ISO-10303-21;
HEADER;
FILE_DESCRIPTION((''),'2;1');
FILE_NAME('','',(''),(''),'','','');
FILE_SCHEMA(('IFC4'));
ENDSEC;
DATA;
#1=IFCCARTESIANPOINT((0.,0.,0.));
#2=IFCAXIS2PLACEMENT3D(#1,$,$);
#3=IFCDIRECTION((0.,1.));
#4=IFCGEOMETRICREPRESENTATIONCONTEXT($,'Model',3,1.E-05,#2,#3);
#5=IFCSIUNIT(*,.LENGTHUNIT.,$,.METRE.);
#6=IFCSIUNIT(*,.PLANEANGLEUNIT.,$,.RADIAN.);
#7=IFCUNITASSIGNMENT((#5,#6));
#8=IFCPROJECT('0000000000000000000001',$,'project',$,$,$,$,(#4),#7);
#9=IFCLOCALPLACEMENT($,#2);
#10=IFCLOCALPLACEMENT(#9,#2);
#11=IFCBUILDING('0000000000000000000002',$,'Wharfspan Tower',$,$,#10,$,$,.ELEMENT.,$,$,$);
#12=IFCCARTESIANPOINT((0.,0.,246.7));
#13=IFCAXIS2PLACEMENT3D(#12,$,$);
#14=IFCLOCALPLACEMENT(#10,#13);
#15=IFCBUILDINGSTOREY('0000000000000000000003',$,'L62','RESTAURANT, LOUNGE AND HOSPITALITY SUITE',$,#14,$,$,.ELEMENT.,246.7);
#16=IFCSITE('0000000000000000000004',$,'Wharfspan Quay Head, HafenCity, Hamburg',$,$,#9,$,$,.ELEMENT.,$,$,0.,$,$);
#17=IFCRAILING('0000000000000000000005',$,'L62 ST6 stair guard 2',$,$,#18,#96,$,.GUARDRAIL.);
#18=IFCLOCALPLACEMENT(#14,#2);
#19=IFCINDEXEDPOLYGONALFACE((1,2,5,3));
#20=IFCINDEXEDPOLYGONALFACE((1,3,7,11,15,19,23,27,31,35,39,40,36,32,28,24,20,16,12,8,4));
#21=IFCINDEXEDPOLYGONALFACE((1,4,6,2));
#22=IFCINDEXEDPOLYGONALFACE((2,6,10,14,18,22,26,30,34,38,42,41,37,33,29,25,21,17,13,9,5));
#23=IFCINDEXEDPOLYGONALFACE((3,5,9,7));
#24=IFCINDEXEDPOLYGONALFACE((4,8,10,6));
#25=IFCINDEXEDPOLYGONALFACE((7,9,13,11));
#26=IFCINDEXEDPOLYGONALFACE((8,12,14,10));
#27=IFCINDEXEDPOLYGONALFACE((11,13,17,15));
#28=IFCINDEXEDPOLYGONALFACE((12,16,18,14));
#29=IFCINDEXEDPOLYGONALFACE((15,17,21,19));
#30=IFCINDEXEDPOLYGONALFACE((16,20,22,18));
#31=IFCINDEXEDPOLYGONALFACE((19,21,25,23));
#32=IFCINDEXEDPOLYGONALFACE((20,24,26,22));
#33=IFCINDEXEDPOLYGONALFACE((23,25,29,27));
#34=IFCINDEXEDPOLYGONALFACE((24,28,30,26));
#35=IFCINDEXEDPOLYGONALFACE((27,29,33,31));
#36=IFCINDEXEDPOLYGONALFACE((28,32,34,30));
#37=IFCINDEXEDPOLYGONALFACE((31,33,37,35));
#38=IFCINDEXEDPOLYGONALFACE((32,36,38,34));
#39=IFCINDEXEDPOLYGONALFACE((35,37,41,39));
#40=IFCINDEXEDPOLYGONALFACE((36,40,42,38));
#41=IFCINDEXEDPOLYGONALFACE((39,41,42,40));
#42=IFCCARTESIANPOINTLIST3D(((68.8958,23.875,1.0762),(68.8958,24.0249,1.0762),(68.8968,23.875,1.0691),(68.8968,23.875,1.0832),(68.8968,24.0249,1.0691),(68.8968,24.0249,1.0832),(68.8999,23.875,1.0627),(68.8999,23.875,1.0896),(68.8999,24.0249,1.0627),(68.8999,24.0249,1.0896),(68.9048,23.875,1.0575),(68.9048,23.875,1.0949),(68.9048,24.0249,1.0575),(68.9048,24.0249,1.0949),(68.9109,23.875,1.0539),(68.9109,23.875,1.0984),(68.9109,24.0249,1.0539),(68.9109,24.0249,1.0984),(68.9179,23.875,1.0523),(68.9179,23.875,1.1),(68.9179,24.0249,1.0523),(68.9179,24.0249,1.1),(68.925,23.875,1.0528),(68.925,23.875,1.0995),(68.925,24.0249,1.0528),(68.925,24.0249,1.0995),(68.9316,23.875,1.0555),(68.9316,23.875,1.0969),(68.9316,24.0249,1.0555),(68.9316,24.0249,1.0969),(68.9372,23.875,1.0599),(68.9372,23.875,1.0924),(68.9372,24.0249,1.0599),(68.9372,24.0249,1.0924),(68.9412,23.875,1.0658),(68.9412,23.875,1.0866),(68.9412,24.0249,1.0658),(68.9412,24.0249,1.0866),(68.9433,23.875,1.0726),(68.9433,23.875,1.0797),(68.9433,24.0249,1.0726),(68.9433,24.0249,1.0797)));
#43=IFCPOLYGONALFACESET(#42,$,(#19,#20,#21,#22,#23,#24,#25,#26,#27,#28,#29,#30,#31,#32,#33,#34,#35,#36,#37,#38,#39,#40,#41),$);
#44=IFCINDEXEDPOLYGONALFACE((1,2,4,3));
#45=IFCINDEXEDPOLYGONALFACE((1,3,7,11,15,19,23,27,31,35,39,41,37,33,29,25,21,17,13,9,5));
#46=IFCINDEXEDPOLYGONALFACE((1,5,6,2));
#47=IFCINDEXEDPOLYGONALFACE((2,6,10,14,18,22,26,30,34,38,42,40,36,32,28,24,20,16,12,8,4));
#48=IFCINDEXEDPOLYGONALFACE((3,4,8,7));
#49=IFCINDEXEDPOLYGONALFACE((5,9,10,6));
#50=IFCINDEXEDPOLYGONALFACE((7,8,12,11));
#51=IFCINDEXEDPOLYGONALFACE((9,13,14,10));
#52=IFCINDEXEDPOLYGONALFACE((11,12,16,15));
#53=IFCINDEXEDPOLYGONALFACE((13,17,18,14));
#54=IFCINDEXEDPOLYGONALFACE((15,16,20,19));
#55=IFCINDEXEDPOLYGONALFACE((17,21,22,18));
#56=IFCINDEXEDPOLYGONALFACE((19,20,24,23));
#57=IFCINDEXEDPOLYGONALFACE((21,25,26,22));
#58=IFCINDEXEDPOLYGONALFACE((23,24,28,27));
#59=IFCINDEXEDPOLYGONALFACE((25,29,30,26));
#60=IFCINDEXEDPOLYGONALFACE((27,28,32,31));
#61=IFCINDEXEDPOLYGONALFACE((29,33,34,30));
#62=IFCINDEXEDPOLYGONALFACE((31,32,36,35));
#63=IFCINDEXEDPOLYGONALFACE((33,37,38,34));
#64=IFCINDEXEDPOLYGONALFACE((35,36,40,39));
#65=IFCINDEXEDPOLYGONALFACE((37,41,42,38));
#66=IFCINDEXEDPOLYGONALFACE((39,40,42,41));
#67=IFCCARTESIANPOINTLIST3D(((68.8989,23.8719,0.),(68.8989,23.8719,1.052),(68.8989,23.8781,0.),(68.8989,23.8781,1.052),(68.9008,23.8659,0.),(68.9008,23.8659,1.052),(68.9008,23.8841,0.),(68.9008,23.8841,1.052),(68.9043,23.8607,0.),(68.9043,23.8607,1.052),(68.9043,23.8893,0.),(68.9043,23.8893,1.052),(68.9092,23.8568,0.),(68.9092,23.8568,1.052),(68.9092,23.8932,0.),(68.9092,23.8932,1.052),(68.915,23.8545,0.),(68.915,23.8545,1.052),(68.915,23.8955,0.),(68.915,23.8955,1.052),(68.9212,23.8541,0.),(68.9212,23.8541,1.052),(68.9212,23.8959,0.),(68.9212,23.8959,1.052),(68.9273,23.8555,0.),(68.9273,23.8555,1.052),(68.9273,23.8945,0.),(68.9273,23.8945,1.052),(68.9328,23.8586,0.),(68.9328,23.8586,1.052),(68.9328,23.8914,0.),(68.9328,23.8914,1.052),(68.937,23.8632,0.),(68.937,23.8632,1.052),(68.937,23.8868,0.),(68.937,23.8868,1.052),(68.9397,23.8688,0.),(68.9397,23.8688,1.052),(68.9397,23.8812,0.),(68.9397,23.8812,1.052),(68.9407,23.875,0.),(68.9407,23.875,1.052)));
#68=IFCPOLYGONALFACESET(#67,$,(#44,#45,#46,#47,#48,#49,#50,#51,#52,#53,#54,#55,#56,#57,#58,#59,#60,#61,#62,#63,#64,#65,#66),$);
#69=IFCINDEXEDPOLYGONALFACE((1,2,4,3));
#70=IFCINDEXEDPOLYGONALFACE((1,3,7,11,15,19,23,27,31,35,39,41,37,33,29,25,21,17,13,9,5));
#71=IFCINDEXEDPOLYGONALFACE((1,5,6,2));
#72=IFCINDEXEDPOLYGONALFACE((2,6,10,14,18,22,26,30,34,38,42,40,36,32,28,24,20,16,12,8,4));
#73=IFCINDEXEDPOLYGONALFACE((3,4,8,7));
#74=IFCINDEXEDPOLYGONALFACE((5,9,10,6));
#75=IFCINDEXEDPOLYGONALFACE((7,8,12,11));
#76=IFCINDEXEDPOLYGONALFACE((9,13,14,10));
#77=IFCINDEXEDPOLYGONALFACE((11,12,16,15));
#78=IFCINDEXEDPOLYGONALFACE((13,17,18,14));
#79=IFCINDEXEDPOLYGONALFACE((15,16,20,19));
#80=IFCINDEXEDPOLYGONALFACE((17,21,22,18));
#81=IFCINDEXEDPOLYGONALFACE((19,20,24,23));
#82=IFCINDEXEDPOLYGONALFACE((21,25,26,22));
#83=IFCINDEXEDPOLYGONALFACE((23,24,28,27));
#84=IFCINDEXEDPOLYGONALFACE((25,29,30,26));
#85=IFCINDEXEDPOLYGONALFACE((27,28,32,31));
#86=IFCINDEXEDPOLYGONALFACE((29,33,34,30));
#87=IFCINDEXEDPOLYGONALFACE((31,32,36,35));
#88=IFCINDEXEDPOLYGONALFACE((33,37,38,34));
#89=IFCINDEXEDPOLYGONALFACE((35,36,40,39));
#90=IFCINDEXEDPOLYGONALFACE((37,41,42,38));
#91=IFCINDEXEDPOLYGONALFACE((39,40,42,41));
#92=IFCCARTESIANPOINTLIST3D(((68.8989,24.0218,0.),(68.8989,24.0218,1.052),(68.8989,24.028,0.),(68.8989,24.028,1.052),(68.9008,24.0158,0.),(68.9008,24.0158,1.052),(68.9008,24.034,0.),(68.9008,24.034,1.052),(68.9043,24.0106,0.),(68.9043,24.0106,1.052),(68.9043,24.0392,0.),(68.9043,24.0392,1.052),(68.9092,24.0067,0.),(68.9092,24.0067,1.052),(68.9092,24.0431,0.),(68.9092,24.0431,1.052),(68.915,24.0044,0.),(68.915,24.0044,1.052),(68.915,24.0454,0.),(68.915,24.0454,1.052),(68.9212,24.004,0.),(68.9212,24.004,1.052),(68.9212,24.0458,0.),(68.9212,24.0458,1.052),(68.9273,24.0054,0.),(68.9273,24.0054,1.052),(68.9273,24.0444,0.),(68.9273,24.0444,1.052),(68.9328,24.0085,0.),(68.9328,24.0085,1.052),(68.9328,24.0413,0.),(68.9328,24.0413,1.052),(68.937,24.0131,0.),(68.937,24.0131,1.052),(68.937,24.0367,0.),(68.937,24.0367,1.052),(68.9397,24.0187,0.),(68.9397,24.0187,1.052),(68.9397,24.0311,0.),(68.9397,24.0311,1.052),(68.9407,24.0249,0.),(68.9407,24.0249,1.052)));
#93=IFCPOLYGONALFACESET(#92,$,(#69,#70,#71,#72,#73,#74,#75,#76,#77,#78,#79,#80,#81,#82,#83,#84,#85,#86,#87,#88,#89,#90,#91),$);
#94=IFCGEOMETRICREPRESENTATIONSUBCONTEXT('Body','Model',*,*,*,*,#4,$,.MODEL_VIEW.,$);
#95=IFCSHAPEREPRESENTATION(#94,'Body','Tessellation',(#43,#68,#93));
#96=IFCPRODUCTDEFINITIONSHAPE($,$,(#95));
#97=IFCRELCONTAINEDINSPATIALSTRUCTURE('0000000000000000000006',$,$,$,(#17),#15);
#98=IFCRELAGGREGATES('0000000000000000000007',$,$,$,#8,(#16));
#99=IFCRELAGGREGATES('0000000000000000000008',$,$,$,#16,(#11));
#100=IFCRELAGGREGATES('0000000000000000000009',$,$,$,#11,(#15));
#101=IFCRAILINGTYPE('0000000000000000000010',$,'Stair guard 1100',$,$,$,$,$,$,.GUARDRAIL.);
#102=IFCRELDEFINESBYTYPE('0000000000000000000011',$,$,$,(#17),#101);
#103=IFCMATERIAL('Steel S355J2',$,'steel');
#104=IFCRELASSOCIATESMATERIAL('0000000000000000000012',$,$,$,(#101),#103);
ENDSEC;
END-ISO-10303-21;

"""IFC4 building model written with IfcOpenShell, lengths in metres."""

from ifc_helpers import new_model, si_unit, direction, frame, origin, origin_2d, place, context, subcontext, project, spatial, circle, extrude, material, type_object, element, save


model = new_model("IFC4")

# Units and contexts
model_context = context("Model", 3, precision=1e-05, world=origin(), true_north=direction((0.0, 1.0)))
body_context = subcontext(model_context, "Body", "Model", "MODEL_VIEW")
ifc_project = project(units=[si_unit("LENGTHUNIT", "METRE"), si_unit("PLANEANGLEUNIT", "RADIAN")], contexts=[model_context])

# Site, building, storey
site_placement = place(None, origin())
site = spatial("IfcSite", under=ifc_project, at=site_placement, Name="Wharfspan Quay Head, HafenCity, Hamburg", CompositionType="ELEMENT", RefElevation=0.0)
building_placement = place(site_placement, origin())
building = spatial("IfcBuilding", under=site, at=building_placement, Name="Wharfspan Tower", CompositionType="ELEMENT")
storey_placement = place(building_placement, frame((0.0, 0.0, 246.7)))
storey = spatial("IfcBuildingStorey", under=building, at=storey_placement, Name="L62", Description="RESTAURANT, LOUNGE AND HOSPITALITY SUITE", CompositionType="ELEMENT", Elevation=246.7)

# Shared definitions
ifc_material_1 = material(Name="Steel S355J2", Category="steel")

# Railing
railing_type_1 = type_object("IfcRailingType", Name="Stair guard 1100", PredefinedType="GUARDRAIL", material=ifc_material_1)
railing_1_placement = place(storey_placement, frame((68.9197, 23.875, 0.0)))
element("IfcRailing", 1, at=railing_1_placement, inside=storey, type_object=railing_type_1, Name="L62 ST6 stair guard 2", PredefinedType="GUARDRAIL", context=body_context, shape_type="SweptSolid", body=[
    extrude(circle(Radius=0.0239, at=origin_2d()), frame((0.0, 0.0, 1.0762), z_axis=(0.0, 1.0, 0.0), x_axis=(-1.0, 0.0, 0.0)), (0.0, 0.0, 1.0), 0.1499),
    extrude(circle(Radius=0.021, at=origin_2d()), origin(), (0.0, 0.0, 1.0), 1.052),
    extrude(circle(Radius=0.021, at=origin_2d()), frame((0.0, 0.1499, 0.0)), (0.0, 0.0, 1.0), 1.052),
])

save(model, "model.ifc")
